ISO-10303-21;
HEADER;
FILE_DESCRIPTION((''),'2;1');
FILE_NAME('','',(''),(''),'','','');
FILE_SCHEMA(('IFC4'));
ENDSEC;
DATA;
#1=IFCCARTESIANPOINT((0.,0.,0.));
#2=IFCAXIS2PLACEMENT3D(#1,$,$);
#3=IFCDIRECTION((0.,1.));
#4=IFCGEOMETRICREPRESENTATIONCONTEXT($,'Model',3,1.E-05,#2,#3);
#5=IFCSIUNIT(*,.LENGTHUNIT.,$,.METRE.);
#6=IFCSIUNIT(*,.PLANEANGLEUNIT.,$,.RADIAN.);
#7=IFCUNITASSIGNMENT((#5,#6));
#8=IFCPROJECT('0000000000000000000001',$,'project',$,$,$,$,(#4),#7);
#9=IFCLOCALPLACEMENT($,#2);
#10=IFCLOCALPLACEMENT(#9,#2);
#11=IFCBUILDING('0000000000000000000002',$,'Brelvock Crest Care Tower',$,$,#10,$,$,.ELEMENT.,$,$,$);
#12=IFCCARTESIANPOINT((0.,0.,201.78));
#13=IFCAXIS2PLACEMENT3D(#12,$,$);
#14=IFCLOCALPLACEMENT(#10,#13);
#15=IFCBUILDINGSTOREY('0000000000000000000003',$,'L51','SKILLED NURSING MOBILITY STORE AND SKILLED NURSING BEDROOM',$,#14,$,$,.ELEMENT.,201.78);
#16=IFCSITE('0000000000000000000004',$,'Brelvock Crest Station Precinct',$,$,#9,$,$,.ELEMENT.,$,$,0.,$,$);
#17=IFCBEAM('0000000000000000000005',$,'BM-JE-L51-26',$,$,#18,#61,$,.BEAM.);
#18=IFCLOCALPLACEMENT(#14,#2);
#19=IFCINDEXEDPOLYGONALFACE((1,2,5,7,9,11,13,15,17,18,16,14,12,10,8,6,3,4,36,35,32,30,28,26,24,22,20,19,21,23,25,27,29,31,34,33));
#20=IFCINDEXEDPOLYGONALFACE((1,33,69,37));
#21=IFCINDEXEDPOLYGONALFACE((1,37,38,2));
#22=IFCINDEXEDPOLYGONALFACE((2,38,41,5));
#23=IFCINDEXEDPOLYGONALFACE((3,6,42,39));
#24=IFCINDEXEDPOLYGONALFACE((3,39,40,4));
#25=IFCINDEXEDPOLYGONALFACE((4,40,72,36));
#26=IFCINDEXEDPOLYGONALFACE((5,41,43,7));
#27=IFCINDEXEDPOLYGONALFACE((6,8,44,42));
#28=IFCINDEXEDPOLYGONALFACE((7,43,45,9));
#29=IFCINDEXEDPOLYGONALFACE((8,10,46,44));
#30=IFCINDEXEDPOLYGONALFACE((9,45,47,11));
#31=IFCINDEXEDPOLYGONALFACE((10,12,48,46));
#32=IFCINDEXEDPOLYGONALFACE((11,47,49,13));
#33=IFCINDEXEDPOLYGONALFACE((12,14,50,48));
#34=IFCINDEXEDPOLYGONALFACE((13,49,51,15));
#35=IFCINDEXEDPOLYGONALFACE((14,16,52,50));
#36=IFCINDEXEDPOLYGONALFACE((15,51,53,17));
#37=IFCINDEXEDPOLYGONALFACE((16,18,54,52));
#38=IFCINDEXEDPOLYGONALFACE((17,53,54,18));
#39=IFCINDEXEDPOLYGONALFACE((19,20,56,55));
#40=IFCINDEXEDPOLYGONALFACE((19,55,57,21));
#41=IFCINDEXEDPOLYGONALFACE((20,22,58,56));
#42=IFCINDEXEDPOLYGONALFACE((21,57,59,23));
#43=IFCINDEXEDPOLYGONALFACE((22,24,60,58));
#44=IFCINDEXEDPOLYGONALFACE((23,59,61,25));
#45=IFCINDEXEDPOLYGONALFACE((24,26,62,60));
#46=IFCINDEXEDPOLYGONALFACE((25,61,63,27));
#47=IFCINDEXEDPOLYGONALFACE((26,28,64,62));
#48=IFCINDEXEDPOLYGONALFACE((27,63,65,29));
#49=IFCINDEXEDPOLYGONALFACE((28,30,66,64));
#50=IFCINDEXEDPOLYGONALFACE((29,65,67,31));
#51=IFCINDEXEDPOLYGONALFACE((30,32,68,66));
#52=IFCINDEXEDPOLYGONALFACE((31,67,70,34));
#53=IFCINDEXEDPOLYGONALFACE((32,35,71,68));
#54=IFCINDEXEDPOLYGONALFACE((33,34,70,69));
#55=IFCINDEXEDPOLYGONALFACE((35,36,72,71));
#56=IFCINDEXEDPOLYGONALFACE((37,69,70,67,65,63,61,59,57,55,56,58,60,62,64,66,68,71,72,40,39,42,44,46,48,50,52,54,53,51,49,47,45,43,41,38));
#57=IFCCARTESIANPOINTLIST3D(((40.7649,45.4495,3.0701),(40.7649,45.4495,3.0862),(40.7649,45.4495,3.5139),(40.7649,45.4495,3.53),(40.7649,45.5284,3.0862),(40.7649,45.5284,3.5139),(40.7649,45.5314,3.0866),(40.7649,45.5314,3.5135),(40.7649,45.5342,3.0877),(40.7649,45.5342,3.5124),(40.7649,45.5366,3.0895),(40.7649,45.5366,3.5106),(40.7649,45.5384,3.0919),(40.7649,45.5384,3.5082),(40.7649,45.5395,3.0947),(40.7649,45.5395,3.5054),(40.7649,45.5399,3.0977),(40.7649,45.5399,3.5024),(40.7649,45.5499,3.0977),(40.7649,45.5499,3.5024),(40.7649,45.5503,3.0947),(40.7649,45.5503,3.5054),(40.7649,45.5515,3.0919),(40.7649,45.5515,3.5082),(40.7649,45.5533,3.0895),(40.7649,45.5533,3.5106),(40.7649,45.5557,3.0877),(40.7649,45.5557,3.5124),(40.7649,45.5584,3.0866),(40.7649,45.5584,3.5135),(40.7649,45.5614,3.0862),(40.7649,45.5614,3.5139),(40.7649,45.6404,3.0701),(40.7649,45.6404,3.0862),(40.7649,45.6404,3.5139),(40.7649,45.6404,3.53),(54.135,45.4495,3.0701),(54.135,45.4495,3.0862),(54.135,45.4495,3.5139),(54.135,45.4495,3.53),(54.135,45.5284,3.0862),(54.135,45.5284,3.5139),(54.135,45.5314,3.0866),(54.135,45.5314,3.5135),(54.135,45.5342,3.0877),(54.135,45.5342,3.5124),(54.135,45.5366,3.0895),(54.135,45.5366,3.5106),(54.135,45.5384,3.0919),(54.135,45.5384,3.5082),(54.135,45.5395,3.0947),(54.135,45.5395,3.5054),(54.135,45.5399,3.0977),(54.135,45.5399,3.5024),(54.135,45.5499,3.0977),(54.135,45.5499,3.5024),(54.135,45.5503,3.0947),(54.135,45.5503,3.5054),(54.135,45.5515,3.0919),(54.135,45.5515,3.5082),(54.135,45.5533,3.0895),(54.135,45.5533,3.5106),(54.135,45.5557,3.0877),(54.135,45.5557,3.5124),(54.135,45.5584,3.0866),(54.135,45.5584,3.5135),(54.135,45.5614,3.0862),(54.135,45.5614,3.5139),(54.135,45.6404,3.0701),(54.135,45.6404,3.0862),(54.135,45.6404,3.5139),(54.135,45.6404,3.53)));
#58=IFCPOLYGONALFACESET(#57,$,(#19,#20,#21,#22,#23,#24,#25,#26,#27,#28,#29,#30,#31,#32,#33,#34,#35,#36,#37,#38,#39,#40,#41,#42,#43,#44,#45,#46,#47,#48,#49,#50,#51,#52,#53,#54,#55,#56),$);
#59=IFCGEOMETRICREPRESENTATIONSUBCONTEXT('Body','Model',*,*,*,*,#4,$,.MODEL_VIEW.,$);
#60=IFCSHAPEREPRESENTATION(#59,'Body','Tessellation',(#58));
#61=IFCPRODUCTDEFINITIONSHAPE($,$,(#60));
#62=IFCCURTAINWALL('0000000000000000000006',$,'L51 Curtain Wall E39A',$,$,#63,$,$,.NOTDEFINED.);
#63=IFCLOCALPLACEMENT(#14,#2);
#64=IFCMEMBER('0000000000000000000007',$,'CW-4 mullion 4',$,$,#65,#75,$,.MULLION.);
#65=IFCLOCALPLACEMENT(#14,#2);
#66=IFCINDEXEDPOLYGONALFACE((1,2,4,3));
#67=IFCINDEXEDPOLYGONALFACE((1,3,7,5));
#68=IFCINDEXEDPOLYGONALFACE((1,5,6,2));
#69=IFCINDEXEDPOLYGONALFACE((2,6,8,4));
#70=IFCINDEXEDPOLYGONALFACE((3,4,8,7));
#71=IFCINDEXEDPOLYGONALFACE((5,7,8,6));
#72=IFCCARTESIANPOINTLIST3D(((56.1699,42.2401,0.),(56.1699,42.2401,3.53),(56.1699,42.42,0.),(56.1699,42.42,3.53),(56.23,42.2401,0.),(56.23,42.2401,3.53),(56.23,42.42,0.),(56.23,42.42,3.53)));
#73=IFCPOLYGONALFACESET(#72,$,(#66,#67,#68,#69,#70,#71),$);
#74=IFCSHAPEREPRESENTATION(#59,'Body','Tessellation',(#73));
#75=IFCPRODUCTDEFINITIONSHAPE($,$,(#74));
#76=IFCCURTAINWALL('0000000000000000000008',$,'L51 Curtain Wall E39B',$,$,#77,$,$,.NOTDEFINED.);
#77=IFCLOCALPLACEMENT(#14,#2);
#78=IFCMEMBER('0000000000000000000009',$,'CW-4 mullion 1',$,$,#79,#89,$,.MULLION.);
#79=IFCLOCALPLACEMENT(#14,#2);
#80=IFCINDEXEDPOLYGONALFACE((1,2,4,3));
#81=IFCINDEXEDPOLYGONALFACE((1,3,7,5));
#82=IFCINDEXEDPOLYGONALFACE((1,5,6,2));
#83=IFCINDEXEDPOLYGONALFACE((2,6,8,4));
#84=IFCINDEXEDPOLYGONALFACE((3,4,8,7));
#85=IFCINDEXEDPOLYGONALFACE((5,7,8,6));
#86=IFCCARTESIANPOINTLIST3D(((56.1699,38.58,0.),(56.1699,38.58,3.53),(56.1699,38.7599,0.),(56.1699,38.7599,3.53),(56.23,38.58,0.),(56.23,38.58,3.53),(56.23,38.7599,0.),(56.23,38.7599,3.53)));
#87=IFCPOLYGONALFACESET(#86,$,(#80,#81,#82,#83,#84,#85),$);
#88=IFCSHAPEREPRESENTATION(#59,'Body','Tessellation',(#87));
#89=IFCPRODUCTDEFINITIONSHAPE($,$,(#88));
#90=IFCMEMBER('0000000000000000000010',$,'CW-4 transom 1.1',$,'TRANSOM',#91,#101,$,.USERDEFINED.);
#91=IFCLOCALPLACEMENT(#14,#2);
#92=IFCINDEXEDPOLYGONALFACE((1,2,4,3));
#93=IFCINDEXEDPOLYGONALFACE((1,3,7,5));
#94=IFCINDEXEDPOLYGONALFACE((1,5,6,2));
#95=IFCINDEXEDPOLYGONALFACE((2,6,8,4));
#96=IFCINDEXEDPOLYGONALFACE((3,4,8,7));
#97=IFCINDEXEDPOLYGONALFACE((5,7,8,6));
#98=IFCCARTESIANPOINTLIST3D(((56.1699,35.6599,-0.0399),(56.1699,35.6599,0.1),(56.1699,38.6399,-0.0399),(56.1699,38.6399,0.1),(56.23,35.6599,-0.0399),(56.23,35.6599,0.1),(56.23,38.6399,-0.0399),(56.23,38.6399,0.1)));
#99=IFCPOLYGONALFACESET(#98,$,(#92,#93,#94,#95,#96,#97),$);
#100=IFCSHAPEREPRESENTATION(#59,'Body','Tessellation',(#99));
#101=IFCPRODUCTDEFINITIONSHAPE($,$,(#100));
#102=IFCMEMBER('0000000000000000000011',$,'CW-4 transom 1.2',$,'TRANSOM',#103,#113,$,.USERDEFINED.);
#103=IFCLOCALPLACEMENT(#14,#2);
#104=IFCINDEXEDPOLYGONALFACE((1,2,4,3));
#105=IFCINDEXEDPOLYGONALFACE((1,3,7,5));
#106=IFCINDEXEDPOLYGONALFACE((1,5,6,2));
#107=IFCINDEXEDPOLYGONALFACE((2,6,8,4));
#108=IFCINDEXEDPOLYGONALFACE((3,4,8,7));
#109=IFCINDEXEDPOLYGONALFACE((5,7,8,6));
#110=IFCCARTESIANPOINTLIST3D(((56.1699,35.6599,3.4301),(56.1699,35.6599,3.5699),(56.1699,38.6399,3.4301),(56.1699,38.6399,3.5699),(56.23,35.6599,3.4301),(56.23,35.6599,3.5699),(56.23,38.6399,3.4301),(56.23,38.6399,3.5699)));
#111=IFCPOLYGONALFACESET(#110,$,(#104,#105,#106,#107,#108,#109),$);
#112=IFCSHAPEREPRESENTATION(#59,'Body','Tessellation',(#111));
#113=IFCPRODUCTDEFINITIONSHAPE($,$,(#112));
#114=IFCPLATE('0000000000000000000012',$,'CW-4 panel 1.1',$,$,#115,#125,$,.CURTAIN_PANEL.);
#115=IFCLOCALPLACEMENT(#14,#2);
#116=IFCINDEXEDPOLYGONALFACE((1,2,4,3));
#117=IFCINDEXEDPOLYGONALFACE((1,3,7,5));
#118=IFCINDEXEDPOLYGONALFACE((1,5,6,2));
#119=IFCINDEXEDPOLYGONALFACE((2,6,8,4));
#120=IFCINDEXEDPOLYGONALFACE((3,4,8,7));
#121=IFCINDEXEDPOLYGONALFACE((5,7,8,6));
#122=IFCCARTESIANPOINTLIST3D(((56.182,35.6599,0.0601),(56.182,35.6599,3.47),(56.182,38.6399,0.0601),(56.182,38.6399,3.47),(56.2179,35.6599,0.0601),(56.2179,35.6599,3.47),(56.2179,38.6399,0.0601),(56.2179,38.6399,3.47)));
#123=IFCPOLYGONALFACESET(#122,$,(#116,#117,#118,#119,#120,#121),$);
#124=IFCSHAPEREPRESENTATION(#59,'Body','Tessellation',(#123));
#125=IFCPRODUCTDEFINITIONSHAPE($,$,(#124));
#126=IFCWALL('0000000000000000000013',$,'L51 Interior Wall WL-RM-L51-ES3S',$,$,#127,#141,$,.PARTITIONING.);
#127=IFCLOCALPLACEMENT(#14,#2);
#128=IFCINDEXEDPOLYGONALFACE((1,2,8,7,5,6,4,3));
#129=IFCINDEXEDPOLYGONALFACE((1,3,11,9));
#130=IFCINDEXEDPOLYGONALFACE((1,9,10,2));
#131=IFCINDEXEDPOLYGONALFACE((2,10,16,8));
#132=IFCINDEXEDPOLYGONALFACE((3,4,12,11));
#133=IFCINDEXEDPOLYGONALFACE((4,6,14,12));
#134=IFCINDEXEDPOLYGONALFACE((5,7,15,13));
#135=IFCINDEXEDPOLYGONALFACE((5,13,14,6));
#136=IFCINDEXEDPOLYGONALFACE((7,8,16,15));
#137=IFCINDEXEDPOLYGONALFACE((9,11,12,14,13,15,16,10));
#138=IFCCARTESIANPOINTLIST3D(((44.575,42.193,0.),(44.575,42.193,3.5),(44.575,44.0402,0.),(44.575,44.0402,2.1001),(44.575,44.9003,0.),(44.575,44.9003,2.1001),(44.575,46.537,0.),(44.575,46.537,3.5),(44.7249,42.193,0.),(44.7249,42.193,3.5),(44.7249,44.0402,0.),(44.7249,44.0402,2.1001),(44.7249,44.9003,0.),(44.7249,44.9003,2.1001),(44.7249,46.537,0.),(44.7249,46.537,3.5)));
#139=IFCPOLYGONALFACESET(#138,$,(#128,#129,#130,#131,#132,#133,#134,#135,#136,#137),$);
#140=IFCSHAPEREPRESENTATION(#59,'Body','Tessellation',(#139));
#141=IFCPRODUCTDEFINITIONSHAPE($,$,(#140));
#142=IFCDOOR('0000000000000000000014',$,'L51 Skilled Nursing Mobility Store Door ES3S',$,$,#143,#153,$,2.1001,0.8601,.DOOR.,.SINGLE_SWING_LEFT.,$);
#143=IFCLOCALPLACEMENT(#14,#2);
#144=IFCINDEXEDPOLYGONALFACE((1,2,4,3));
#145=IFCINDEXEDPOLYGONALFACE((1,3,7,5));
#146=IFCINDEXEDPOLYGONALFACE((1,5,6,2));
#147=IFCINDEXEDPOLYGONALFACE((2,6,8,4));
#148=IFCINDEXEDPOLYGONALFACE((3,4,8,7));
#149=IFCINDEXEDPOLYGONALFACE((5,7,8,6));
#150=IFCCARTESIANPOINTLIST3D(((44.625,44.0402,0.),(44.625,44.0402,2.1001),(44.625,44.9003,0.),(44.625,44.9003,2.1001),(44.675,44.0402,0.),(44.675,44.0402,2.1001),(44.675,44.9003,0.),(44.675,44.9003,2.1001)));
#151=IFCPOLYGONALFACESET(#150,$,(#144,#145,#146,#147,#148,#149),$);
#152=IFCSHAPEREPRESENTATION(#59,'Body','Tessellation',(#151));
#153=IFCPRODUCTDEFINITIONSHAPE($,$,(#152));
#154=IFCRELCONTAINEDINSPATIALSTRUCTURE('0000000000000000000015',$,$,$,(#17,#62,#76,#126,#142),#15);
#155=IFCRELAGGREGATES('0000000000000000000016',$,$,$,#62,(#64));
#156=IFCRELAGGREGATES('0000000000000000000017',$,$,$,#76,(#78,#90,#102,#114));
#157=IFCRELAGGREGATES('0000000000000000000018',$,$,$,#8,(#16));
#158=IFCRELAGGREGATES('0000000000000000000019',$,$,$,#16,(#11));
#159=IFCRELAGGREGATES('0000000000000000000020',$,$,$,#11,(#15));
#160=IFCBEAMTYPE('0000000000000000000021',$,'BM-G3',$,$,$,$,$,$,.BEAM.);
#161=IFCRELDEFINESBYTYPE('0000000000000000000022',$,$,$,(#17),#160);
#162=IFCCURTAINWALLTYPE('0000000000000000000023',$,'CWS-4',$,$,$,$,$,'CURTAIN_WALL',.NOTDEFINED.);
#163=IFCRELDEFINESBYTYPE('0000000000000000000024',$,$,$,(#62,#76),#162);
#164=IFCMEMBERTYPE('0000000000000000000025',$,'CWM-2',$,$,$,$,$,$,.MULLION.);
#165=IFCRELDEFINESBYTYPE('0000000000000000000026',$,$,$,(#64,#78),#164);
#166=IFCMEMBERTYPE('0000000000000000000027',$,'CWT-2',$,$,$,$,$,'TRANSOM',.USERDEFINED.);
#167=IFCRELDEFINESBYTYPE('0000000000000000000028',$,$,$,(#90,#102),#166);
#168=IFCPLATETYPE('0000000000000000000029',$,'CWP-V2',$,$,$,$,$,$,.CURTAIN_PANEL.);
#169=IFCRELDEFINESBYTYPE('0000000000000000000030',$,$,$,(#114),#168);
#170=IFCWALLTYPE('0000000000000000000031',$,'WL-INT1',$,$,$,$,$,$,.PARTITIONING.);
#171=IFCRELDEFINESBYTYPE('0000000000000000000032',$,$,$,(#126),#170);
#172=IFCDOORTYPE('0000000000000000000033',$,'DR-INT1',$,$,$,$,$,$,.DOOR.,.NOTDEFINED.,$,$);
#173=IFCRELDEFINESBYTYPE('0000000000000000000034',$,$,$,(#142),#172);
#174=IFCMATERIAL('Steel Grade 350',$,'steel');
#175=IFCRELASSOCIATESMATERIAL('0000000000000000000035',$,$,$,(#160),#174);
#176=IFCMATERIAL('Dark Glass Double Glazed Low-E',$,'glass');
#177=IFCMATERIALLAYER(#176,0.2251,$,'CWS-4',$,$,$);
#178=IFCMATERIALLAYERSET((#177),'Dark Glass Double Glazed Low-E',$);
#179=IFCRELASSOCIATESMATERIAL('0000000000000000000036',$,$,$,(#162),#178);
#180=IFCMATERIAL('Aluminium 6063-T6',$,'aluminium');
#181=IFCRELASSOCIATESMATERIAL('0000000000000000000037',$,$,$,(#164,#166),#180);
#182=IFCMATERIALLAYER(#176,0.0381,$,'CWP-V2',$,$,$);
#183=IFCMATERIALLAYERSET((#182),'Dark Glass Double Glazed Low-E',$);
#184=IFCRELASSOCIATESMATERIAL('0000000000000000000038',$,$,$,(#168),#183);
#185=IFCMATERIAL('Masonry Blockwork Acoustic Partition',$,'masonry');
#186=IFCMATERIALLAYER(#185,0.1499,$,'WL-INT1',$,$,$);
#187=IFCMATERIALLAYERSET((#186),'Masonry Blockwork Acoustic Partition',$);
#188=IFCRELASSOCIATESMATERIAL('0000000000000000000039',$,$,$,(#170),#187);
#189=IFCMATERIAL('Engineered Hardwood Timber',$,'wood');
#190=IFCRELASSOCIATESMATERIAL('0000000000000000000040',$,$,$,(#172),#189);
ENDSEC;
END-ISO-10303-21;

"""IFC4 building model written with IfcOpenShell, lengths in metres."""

from ifc_helpers import new_model, si_unit, direction, frame, frame_2d, origin, origin_2d, place, context, subcontext, project, spatial, rectangle, i_section, extrude, source, transform, mapped, material, layer, layer_set, material_profile, profile_set, type_object, element, fill, aggregate, save


model = new_model("IFC4")

# Units and contexts
model_context = context("Model", 3, precision=1e-05, world=origin(), true_north=direction((0.0, 1.0)))
body_context = subcontext(model_context, "Body", "Model", "MODEL_VIEW")
ifc_project = project(units=[si_unit("LENGTHUNIT", "METRE"), si_unit("PLANEANGLEUNIT", "RADIAN")], contexts=[model_context])

# Site, building, storey
site_placement = place(None, origin())
site = spatial("IfcSite", under=ifc_project, at=site_placement, Name="Brelvock Crest Station Precinct", CompositionType="ELEMENT", RefElevation=0.0)
building_placement = place(site_placement, origin())
building = spatial("IfcBuilding", under=site, at=building_placement, Name="Brelvock Crest Care Tower", CompositionType="ELEMENT")
storey_placement = place(building_placement, frame((0.0, 0.0, 201.78)))
storey = spatial("IfcBuildingStorey", under=building, at=storey_placement, Name="L51", Description="SKILLED NURSING MOBILITY STORE AND SKILLED NURSING BEDROOM", CompositionType="ELEMENT", Elevation=201.78)

# Shared definitions
ifc_material_1 = material(Name="Steel Grade 350", Category="steel")

# Beam
ifc_material_profile_1 = material_profile(ifc_material_1, i_section(OverallWidth=0.1909, OverallDepth=0.46, WebThickness=0.01, FlangeThickness=0.0161, FilletRadius=0.0115, at=origin_2d()), Name="460UB82.1")
ifc_profile_set_1 = profile_set([ifc_material_profile_1], Name="Steel Grade 350")
beam_type_1 = type_object("IfcBeamType", Name="BM-G3", PredefinedType="BEAM", material=ifc_profile_set_1)
shared_shape_1 = source(origin(), body_context, "Body", "SweptSolid", [
    extrude(i_section(OverallWidth=0.1909, OverallDepth=0.46, WebThickness=0.01, FlangeThickness=0.0161, FilletRadius=0.0115, at=origin_2d()), origin(), (0.0, 0.0, 1.0), 13.3701),
])
for number, where, z_axis, x_axis, name in (
    (1, (40.7649, 45.5449, 3.3), (1.0, 0.0, 0.0), (0.0, 1.0, 0.0), "BM-JE-L51-26"),
):
    element("IfcBeam", number, at=place(storey_placement, frame(where, z_axis=z_axis, x_axis=x_axis)), inside=storey, type_object=beam_type_1, Name=name, PredefinedType="BEAM", context=body_context, shape_type="MappedRepresentation", body=[
        mapped(shared_shape_1, transform((0.0, 0.0, 0.0), x_axis=(1.0, 0.0, 0.0), y_axis=(0.0, 1.0, 0.0), z_axis=(0.0, 0.0, 1.0), scale=1.0)),
    ])

# Curtain wall, member
ifc_material_2 = material(Name="Dark Glass Double Glazed Low-E", Category="glass")
ifc_layer_1 = layer(ifc_material_2, 0.2251, Name="CWS-4")
ifc_layer_set_1 = layer_set([ifc_layer_1], Name="Dark Glass Double Glazed Low-E")
curtain_wall_type = type_object("IfcCurtainWallType", Name="CWS-4", ElementType="CURTAIN_WALL", PredefinedType="NOTDEFINED", material=ifc_layer_set_1)
curtain_wall_1_placement = place(storey_placement, origin())
curtain_wall_1 = element("IfcCurtainWall", 2, at=curtain_wall_1_placement, inside=storey, type_object=curtain_wall_type, Name="L51 Curtain Wall E39A", PredefinedType="NOTDEFINED")
ifc_material_3 = material(Name="Aluminium 6063-T6", Category="aluminium")
ifc_material_profile_2 = material_profile(ifc_material_3, rectangle(XDim=0.0601, YDim=0.1799, at=origin_2d()), Name="ALU60x180")
ifc_profile_set_2 = profile_set([ifc_material_profile_2], Name="Aluminium 6063-T6")
member_type_1 = type_object("IfcMemberType", Name="CWM-2", PredefinedType="MULLION", material=ifc_profile_set_2)
shared_shape_2 = source(origin(), body_context, "Body", "SweptSolid", [
    extrude(rectangle(XDim=0.0601, YDim=0.1799, at=origin_2d()), origin(), (0.0, 0.0, 1.0), 3.53),
])
member_1_placement = place(storey_placement, frame((56.2, 42.3301, 0.0), z_axis=(0.0, 0.0, 1.0), x_axis=(1.0, 0.0, 0.0)))
member_1 = element("IfcMember", 3, at=member_1_placement, type_object=member_type_1, Name="CW-4 mullion 4", PredefinedType="MULLION", context=body_context, shape_type="MappedRepresentation", body=[
    mapped(shared_shape_2, transform((0.0, 0.0, 0.0), x_axis=(1.0, 0.0, 0.0), y_axis=(0.0, 1.0, 0.0), z_axis=(0.0, 0.0, 1.0), scale=1.0)),
])
aggregate(curtain_wall_1, [member_1])

# Curtain wall, members, plate
curtain_wall_2_placement = place(storey_placement, origin())
curtain_wall_2 = element("IfcCurtainWall", 4, at=curtain_wall_2_placement, inside=storey, type_object=curtain_wall_type, Name="L51 Curtain Wall E39B", PredefinedType="NOTDEFINED")
member_2_placement = place(storey_placement, frame((56.2, 38.6699, 0.0), z_axis=(0.0, 0.0, 1.0), x_axis=(1.0, 0.0, 0.0)))
member_2 = element("IfcMember", 5, at=member_2_placement, type_object=member_type_1, Name="CW-4 mullion 1", PredefinedType="MULLION", context=body_context, shape_type="MappedRepresentation", body=[
    mapped(shared_shape_2, transform((0.0, 0.0, 0.0), x_axis=(1.0, 0.0, 0.0), y_axis=(0.0, 1.0, 0.0), z_axis=(0.0, 0.0, 1.0), scale=1.0)),
])
ifc_material_profile_3 = material_profile(ifc_material_3, rectangle(XDim=0.0601, YDim=0.1399, at=origin_2d()), Name="ALU60x140")
ifc_profile_set_3 = profile_set([ifc_material_profile_3], Name="Aluminium 6063-T6")
member_type_2 = type_object("IfcMemberType", Name="CWT-2", ElementType="TRANSOM", PredefinedType="USERDEFINED", material=ifc_profile_set_3)
shared_shape_3 = source(origin(), body_context, "Body", "SweptSolid", [
    extrude(rectangle(XDim=0.0601, YDim=0.1399, at=origin_2d()), origin(), (0.0, 0.0, 1.0), 2.98),
])
member_3_placement = place(storey_placement, frame((56.2, 38.6399, 0.03), z_axis=(0.0, -1.0, 0.0), x_axis=(1.0, 0.0, 0.0)))
member_3 = element("IfcMember", 6, at=member_3_placement, type_object=member_type_2, Name="CW-4 transom 1.1", ObjectType="TRANSOM", PredefinedType="USERDEFINED", context=body_context, shape_type="MappedRepresentation", body=[
    mapped(shared_shape_3, transform((0.0, 0.0, 0.0), x_axis=(1.0, 0.0, 0.0), y_axis=(0.0, 1.0, 0.0), z_axis=(0.0, 0.0, 1.0), scale=1.0)),
])
member_4_placement = place(storey_placement, frame((56.2, 38.6399, 3.5), z_axis=(0.0, -1.0, 0.0), x_axis=(1.0, 0.0, 0.0)))
member_4 = element("IfcMember", 7, at=member_4_placement, type_object=member_type_2, Name="CW-4 transom 1.2", ObjectType="TRANSOM", PredefinedType="USERDEFINED", context=body_context, shape_type="MappedRepresentation", body=[
    mapped(shared_shape_3, transform((0.0, 0.0, 0.0), x_axis=(1.0, 0.0, 0.0), y_axis=(0.0, 1.0, 0.0), z_axis=(0.0, 0.0, 1.0), scale=1.0)),
])
ifc_layer_2 = layer(ifc_material_2, 0.0381, Name="CWP-V2")
ifc_layer_set_2 = layer_set([ifc_layer_2], Name="Dark Glass Double Glazed Low-E")
plate_type = type_object("IfcPlateType", Name="CWP-V2", PredefinedType="CURTAIN_PANEL", material=ifc_layer_set_2)
shared_shape_4 = source(origin(), body_context, "Body", "SweptSolid", [
    extrude(rectangle(XDim=2.98, YDim=0.0359, at=origin_2d()), origin(), (0.0, 0.0, 1.0), 3.4099),
])
plate_placement = place(storey_placement, frame((56.2, 37.1499, 0.0601), z_axis=(0.0, 0.0, 1.0), x_axis=(0.0, -1.0, 0.0)))
plate = element("IfcPlate", 8, at=plate_placement, type_object=plate_type, Name="CW-4 panel 1.1", PredefinedType="CURTAIN_PANEL", context=body_context, shape_type="MappedRepresentation", body=[
    mapped(shared_shape_4, transform((0.0, 0.0, 0.0), x_axis=(1.0, 0.0, 0.0), y_axis=(0.0, 1.0, 0.0), z_axis=(0.0, 0.0, 1.0), scale=1.0)),
])
aggregate(curtain_wall_2, [member_2, member_3, member_4, plate])

# Wall, opening, door
ifc_material_4 = material(Name="Masonry Blockwork Acoustic Partition", Category="masonry")
ifc_layer_3 = layer(ifc_material_4, 0.1499, Name="WL-INT1")
ifc_layer_set_3 = layer_set([ifc_layer_3], Name="Masonry Blockwork Acoustic Partition")
wall_type_1 = type_object("IfcWallType", Name="WL-INT1", PredefinedType="PARTITIONING", material=ifc_layer_set_3)
wall_1_placement = place(storey_placement, frame((44.6499, 42.1931, 0.0), z_axis=(0.0, 0.0, 1.0), x_axis=(0.0, 1.0, 0.0)))
wall_1 = element("IfcWall", 9, at=wall_1_placement, inside=storey, type_object=wall_type_1, Name="L51 Interior Wall WL-RM-L51-ES3S", PredefinedType="PARTITIONING", context=body_context, shape_type="SweptSolid", body=[
    extrude(rectangle(XDim=4.344, YDim=0.1499, at=frame_2d((2.1719, 0.0))), origin(), (0.0, 0.0, 1.0), 3.5),
])
opening_1_placement = place(wall_1_placement, frame((1.8469, 0.0, 0.0)))
opening_1 = element("IfcOpeningElement", 10, at=opening_1_placement, cuts=wall_1, PredefinedType="OPENING", context=body_context, shape_type="SweptSolid", body=[
    extrude(rectangle(XDim=0.8601, YDim=2.1001, at=origin_2d()), frame((0.4302, 0.085, 1.05), z_axis=(0.0, -1.0, 0.0), x_axis=(1.0, 0.0, 0.0)), (0.0, 0.0, 1.0), 0.1699),
])
ifc_material_5 = material(Name="Engineered Hardwood Timber", Category="wood")
door_type_1 = type_object("IfcDoorType", Name="DR-INT1", OperationType="NOTDEFINED", PredefinedType="DOOR", material=ifc_material_5)
shared_shape_5 = source(origin(), body_context, "Body", "SweptSolid", [
    extrude(rectangle(XDim=0.8601, YDim=2.1001, at=origin_2d()), frame((0.4302, 0.0249, 1.05), z_axis=(0.0, -1.0, 0.0), x_axis=(1.0, 0.0, 0.0)), (0.0, 0.0, 1.0), 0.05),
])
door_1_placement = place(opening_1_placement, origin())
door_1 = element("IfcDoor", 11, at=door_1_placement, inside=storey, type_object=door_type_1, Name="L51 Skilled Nursing Mobility Store Door ES3S", OperationType="SINGLE_SWING_LEFT", OverallHeight=2.1001, OverallWidth=0.8601, PredefinedType="DOOR", context=body_context, shape_type="MappedRepresentation", body=[
    mapped(shared_shape_5, transform((0.0, 0.0, 0.0), x_axis=(1.0, 0.0, 0.0), y_axis=(0.0, 1.0, 0.0), z_axis=(0.0, 0.0, 1.0), scale=1.0)),
])
fill(opening_1, door_1)

save(model, "model.ifc")
